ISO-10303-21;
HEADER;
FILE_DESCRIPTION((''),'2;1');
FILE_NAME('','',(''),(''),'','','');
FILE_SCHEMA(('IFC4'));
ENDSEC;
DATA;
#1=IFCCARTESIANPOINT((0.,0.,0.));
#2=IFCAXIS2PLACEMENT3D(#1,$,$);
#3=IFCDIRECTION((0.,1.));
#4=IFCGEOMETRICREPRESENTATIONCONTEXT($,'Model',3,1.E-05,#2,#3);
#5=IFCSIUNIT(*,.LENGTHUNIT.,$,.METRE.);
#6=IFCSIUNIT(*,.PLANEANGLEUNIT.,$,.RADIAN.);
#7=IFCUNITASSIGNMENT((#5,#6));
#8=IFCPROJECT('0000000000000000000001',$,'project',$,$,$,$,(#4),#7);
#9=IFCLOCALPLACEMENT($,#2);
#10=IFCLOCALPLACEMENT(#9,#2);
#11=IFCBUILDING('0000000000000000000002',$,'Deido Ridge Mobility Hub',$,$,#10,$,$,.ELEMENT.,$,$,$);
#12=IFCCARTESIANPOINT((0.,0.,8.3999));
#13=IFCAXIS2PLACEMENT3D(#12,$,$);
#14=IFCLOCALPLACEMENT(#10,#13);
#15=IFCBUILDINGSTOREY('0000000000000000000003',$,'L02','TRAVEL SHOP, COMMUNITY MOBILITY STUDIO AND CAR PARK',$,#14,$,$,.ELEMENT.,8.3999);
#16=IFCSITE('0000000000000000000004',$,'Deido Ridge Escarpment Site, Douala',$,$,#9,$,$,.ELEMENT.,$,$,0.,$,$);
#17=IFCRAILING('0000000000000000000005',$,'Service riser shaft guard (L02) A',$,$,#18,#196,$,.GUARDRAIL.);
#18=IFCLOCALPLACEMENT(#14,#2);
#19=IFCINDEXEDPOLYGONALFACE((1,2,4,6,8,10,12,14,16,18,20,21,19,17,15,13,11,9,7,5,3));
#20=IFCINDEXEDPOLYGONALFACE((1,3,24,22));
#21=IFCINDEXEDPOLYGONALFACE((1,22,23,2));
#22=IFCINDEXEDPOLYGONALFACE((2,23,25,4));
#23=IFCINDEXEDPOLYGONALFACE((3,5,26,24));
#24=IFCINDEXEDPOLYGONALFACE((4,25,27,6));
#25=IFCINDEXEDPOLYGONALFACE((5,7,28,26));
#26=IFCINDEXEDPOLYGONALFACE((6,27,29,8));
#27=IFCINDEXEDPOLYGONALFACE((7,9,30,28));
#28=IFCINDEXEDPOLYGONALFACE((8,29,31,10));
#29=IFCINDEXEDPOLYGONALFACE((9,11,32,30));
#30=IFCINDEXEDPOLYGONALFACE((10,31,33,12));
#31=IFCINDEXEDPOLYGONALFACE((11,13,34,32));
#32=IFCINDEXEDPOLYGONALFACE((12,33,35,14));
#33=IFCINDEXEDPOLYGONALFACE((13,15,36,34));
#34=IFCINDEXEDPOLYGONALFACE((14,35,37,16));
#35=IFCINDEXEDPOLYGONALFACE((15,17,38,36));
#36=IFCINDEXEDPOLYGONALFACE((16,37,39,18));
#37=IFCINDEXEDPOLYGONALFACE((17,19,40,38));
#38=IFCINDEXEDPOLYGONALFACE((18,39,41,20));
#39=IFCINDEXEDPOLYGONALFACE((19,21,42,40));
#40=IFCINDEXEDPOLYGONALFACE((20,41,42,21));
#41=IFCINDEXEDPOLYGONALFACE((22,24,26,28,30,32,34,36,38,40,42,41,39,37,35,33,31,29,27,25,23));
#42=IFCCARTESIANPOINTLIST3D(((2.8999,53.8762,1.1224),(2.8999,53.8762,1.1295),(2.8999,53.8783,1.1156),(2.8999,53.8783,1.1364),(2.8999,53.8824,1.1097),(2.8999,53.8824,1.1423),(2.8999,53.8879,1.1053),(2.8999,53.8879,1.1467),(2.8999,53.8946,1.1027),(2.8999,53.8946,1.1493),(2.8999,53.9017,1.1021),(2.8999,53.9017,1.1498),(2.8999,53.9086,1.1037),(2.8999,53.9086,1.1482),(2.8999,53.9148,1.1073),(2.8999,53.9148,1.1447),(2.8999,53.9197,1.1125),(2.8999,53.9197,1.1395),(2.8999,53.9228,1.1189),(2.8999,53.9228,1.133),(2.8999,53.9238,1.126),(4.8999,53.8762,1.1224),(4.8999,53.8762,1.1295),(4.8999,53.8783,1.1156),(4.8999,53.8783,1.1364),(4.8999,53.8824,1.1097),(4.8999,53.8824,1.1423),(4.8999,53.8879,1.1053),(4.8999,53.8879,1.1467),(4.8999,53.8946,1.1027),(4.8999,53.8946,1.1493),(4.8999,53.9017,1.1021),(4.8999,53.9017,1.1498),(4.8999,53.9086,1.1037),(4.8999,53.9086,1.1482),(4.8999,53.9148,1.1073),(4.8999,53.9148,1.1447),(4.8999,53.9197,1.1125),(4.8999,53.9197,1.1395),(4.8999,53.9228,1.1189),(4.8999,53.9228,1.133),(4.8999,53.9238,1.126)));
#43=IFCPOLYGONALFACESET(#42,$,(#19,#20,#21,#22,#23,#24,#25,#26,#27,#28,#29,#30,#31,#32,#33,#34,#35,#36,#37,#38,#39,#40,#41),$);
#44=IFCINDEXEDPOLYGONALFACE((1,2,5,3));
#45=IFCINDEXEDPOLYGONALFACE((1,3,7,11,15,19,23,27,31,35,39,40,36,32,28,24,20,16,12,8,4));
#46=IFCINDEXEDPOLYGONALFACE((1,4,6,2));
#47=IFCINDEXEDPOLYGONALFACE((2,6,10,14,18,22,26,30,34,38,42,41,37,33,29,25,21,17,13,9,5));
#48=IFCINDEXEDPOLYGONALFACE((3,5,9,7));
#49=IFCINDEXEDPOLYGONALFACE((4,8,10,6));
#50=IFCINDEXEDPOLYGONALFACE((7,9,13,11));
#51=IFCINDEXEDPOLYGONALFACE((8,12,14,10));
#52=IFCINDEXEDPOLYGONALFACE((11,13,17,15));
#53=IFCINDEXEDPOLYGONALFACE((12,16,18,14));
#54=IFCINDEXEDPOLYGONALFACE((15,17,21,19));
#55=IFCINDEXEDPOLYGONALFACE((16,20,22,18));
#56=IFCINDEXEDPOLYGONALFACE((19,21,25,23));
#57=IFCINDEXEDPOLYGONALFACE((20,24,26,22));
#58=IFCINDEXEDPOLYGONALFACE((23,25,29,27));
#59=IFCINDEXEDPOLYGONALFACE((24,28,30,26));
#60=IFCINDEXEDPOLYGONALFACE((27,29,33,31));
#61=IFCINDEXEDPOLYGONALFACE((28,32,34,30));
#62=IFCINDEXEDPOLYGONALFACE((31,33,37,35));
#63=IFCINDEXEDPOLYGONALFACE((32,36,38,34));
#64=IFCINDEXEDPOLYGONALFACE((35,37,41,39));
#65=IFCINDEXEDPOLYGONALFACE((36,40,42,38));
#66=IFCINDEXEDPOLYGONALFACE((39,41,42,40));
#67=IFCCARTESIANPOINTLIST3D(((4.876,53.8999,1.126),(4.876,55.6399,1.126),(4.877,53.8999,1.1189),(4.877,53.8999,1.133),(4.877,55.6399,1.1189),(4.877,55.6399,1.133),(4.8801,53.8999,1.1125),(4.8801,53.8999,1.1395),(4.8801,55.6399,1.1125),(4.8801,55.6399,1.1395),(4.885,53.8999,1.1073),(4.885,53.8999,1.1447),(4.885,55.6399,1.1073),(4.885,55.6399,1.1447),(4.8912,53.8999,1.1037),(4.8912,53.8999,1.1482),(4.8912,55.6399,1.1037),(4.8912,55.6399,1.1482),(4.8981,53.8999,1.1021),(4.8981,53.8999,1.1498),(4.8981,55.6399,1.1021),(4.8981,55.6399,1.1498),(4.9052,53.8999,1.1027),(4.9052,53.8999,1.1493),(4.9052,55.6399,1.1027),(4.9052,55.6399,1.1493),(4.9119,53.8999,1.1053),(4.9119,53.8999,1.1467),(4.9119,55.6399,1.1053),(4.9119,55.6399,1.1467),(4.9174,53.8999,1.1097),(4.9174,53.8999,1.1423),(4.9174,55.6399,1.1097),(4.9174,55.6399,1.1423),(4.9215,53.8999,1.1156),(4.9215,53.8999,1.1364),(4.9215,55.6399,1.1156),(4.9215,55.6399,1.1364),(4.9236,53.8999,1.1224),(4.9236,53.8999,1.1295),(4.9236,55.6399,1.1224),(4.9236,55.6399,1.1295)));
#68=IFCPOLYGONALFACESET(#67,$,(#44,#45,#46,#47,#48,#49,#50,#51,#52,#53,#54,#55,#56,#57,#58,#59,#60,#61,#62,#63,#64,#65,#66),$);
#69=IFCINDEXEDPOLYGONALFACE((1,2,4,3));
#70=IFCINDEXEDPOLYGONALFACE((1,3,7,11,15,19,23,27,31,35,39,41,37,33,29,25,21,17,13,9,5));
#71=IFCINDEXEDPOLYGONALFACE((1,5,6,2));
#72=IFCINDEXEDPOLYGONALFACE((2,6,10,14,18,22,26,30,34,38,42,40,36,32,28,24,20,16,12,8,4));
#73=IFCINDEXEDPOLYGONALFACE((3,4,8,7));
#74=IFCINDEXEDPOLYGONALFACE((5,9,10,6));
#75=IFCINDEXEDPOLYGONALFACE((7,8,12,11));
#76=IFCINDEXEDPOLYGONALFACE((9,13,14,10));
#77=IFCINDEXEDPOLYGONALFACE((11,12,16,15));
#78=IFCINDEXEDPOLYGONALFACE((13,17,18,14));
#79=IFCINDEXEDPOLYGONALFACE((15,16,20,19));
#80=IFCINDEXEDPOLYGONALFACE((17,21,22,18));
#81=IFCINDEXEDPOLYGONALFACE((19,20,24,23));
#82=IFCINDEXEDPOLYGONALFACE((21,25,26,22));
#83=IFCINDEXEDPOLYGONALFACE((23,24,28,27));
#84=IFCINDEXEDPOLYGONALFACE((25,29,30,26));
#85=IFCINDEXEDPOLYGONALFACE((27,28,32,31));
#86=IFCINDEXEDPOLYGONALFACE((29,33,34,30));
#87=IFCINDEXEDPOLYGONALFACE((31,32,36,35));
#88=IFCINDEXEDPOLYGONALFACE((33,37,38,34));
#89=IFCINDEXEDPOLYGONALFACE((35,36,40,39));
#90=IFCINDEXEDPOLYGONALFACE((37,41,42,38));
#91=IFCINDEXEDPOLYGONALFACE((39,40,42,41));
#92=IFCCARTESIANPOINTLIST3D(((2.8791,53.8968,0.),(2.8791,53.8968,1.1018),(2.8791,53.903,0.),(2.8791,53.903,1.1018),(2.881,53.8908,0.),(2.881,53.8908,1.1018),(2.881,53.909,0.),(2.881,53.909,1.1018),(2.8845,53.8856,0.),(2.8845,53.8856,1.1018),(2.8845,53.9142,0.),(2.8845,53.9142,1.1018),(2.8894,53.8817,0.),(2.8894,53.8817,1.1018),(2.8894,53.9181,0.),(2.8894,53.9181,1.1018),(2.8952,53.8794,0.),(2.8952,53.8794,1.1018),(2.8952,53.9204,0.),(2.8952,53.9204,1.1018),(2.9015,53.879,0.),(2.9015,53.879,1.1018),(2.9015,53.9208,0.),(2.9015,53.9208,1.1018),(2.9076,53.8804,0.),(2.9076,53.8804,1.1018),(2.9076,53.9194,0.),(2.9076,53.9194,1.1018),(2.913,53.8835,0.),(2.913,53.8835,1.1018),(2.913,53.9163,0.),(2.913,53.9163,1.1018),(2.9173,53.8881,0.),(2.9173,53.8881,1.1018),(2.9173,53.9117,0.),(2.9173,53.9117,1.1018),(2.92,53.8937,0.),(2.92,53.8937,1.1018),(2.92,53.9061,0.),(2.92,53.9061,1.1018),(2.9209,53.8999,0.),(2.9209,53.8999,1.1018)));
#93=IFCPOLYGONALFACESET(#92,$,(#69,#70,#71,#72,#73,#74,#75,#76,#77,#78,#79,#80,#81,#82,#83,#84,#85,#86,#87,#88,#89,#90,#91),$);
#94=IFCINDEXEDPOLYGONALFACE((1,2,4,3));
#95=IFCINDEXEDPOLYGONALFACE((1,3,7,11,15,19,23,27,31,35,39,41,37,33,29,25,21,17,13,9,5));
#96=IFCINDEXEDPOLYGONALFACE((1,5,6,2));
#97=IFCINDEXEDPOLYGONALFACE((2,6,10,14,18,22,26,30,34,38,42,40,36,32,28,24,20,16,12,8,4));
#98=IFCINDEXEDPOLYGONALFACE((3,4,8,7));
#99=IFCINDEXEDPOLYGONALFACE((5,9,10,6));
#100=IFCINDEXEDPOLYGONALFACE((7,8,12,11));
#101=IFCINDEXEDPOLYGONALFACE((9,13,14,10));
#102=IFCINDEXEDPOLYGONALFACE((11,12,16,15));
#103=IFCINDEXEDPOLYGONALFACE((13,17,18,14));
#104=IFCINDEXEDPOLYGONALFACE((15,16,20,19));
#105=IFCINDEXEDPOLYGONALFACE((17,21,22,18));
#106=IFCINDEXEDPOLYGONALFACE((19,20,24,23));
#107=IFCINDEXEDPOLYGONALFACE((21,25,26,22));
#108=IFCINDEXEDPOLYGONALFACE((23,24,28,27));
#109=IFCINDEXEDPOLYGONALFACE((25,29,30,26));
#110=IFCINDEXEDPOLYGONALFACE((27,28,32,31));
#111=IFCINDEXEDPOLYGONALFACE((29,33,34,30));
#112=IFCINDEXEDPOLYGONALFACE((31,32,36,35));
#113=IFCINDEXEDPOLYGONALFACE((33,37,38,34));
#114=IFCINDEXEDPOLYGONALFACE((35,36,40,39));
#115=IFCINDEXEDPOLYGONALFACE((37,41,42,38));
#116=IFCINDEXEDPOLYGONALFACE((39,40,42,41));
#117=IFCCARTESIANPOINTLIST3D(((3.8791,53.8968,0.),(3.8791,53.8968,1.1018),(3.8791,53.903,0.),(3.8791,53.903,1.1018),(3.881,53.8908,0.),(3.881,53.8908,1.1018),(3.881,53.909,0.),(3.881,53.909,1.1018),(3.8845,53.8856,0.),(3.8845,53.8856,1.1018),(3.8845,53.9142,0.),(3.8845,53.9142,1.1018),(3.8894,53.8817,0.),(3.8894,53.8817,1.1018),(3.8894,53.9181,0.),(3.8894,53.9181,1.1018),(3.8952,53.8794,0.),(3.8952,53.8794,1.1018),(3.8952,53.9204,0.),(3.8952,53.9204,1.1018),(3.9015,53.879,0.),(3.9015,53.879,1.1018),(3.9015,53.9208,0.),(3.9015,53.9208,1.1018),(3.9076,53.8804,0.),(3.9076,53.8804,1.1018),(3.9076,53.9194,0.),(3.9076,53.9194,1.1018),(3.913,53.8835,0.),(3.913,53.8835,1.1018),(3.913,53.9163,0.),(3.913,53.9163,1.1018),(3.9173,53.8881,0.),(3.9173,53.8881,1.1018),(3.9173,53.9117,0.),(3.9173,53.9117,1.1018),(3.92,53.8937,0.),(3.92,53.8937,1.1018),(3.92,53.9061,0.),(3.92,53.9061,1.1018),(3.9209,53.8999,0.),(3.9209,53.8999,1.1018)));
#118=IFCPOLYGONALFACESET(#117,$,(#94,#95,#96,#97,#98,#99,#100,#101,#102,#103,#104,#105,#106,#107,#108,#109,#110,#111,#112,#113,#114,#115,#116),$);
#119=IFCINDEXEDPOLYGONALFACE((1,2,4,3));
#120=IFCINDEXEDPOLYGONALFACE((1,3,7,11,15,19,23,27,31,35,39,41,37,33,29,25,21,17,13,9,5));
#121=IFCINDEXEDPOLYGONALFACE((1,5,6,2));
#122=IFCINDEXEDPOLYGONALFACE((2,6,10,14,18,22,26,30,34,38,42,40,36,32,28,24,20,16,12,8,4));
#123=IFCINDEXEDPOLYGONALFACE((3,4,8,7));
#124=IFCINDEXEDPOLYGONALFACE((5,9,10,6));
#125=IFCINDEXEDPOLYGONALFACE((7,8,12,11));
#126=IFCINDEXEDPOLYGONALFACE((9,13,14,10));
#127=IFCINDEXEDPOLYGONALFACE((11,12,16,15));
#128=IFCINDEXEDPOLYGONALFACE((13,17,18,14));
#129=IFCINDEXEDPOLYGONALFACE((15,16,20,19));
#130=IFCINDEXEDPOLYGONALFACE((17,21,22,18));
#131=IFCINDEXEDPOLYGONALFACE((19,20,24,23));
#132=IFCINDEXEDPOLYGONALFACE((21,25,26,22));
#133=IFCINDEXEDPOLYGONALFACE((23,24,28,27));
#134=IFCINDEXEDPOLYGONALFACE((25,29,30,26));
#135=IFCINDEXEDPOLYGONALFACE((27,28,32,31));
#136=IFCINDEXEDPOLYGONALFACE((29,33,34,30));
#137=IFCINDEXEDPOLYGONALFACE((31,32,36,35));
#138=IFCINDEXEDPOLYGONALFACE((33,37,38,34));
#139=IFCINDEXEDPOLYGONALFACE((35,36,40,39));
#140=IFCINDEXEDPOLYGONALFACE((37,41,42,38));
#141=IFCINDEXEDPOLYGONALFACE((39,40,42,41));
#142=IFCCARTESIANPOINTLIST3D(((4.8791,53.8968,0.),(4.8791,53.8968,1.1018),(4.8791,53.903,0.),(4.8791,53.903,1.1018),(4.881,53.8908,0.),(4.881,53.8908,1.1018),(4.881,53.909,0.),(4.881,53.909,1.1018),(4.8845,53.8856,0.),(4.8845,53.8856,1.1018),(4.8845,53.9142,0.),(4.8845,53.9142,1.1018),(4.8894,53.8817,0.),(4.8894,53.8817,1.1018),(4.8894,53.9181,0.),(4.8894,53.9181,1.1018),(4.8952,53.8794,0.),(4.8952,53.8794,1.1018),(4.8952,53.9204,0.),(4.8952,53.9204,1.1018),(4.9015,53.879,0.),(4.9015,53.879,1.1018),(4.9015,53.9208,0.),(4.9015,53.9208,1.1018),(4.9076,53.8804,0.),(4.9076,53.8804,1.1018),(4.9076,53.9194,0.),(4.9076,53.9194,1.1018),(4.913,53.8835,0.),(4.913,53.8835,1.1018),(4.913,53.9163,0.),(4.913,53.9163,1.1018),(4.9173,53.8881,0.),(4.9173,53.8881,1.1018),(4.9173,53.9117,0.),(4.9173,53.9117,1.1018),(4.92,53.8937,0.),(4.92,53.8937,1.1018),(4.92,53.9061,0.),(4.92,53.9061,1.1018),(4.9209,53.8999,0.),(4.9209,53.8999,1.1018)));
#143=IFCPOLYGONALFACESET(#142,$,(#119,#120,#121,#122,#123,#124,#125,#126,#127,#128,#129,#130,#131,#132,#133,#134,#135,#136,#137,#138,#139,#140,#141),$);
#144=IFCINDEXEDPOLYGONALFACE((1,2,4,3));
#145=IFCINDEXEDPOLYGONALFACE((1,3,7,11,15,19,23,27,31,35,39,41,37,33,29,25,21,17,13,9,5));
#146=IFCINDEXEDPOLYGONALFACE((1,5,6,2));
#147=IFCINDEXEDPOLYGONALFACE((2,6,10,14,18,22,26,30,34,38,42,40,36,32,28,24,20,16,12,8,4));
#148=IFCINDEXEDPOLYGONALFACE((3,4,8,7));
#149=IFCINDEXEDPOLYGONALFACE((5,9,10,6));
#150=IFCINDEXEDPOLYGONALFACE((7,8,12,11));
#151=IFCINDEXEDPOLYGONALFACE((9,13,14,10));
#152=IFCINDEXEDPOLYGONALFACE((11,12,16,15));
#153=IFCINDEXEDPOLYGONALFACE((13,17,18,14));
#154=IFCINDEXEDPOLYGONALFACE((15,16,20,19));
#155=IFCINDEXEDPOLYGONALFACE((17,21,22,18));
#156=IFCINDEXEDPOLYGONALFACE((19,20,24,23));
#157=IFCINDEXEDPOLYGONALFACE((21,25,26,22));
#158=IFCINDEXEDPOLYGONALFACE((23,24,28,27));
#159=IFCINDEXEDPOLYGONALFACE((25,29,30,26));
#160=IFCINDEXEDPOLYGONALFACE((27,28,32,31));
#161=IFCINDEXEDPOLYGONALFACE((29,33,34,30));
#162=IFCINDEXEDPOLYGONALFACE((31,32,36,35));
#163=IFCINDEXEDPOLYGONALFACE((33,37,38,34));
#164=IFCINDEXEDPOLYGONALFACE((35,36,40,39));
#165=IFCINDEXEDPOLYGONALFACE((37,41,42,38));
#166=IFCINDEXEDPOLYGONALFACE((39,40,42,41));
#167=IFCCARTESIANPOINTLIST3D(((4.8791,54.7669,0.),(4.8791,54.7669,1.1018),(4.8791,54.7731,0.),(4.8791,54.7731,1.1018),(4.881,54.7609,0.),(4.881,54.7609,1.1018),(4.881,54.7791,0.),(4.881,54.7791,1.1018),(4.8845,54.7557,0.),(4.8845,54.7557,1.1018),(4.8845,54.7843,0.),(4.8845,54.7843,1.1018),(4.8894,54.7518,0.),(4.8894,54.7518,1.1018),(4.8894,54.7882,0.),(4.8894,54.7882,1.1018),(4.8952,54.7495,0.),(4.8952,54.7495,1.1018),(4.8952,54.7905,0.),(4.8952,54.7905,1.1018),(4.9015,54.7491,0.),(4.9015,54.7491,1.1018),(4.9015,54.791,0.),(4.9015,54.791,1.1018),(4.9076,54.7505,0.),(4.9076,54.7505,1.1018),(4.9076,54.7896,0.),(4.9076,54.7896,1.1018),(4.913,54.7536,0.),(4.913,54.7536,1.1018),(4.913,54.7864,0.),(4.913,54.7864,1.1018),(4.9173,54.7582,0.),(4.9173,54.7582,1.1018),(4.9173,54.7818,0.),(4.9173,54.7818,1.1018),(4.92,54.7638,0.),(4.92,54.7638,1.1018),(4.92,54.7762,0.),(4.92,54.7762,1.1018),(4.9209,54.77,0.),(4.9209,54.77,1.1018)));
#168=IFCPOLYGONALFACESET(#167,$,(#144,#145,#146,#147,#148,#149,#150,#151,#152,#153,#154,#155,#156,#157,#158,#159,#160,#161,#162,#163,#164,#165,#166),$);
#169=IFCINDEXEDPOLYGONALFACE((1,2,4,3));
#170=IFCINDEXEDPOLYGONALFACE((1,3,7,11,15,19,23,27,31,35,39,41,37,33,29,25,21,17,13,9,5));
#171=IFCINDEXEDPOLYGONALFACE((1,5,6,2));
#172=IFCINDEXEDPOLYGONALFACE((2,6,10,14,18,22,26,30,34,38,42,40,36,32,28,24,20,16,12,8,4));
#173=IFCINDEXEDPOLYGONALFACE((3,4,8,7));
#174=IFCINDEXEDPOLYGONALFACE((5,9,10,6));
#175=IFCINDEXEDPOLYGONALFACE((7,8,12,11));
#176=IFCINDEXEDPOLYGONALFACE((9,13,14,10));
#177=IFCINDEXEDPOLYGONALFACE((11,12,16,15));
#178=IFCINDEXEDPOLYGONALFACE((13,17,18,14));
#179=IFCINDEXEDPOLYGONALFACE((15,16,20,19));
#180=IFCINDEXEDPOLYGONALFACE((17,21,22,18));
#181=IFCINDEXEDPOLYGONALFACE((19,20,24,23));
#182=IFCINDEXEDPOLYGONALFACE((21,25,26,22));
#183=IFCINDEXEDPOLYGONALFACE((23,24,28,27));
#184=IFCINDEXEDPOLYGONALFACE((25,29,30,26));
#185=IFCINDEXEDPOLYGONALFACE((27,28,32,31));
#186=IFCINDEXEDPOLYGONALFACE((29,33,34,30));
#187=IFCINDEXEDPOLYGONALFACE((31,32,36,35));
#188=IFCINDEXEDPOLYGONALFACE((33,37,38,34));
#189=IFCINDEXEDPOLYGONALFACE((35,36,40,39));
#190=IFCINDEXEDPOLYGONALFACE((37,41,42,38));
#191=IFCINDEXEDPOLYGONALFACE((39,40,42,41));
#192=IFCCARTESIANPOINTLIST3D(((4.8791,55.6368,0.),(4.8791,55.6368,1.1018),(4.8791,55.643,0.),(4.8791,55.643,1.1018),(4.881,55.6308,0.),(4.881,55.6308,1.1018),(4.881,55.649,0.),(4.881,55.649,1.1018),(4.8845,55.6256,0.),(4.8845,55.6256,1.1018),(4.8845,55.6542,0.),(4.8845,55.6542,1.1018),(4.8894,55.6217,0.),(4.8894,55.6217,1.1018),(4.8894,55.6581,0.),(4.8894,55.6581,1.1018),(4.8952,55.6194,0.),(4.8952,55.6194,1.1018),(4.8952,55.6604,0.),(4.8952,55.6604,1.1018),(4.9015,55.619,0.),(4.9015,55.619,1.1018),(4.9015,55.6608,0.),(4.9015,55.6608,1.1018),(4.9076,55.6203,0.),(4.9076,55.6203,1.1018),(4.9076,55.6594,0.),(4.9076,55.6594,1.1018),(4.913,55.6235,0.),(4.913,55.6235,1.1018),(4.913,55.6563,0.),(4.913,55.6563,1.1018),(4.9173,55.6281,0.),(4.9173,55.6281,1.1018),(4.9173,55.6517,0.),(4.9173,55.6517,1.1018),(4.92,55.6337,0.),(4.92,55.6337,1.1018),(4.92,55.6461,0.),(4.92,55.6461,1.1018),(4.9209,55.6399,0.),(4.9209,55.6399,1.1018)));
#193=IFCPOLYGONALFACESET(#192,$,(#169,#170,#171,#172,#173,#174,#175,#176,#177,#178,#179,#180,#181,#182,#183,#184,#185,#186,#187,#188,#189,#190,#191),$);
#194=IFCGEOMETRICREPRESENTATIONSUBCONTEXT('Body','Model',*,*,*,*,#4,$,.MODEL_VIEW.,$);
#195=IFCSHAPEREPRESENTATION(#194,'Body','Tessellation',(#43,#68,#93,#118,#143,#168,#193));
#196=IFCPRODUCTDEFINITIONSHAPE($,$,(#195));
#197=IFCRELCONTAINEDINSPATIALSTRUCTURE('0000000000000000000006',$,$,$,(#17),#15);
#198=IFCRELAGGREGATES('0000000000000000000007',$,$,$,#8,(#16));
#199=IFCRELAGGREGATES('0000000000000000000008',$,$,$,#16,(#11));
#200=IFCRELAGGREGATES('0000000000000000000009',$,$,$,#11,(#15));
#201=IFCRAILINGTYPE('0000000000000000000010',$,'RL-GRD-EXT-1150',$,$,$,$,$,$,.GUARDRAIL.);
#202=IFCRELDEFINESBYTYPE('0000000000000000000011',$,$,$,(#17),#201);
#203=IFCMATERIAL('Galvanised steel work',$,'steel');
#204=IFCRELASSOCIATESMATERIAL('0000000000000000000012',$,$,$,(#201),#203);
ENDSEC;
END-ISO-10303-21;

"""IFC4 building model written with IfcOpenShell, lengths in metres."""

from ifc_helpers import new_model, si_unit, direction, frame, origin, origin_2d, place, context, subcontext, project, spatial, circle, extrude, material, type_object, element, save


model = new_model("IFC4")

# Units and contexts
model_context = context("Model", 3, precision=1e-05, world=origin(), true_north=direction((0.0, 1.0)))
body_context = subcontext(model_context, "Body", "Model", "MODEL_VIEW")
ifc_project = project(units=[si_unit("LENGTHUNIT", "METRE"), si_unit("PLANEANGLEUNIT", "RADIAN")], contexts=[model_context])

# Site, building, storey
site_placement = place(None, origin())
site = spatial("IfcSite", under=ifc_project, at=site_placement, Name="Deido Ridge Escarpment Site, Douala", CompositionType="ELEMENT", RefElevation=0.0)
building_placement = place(site_placement, origin())
building = spatial("IfcBuilding", under=site, at=building_placement, Name="Deido Ridge Mobility Hub", CompositionType="ELEMENT")
storey_placement = place(building_placement, frame((0.0, 0.0, 8.3999)))
storey = spatial("IfcBuildingStorey", under=building, at=storey_placement, Name="L02", Description="TRAVEL SHOP, COMMUNITY MOBILITY STUDIO AND CAR PARK", CompositionType="ELEMENT", Elevation=8.3999)

# Railing
ifc_material_1 = material(Name="Galvanised steel work", Category="steel")
railing_type = type_object("IfcRailingType", Name="RL-GRD-EXT-1150", PredefinedType="GUARDRAIL", material=ifc_material_1)
railing_1_placement = place(storey_placement, frame((2.8999, 53.8999, 0.0)))
element("IfcRailing", 1, at=railing_1_placement, inside=storey, type_object=railing_type, Name="Service riser shaft guard (L02) A", PredefinedType="GUARDRAIL", context=body_context, shape_type="SweptSolid", body=[
    extrude(circle(Radius=0.0239, at=origin_2d()), frame((0.0, 0.0, 1.126), z_axis=(1.0, 0.0, 0.0), x_axis=(0.0, 1.0, 0.0)), (0.0, 0.0, 1.0), 2.0),
    extrude(circle(Radius=0.0239, at=origin_2d()), frame((2.0, 0.0, 1.126), z_axis=(0.0, 1.0, 0.0), x_axis=(-1.0, 0.0, 0.0)), (0.0, 0.0, 1.0), 1.74),
    extrude(circle(Radius=0.021, at=origin_2d()), origin(), (0.0, 0.0, 1.0), 1.1018),
    extrude(circle(Radius=0.021, at=origin_2d()), frame((1.0, 0.0, 0.0)), (0.0, 0.0, 1.0), 1.1018),
    extrude(circle(Radius=0.021, at=origin_2d()), frame((2.0, 0.0, 0.0)), (0.0, 0.0, 1.0), 1.1018),
    extrude(circle(Radius=0.021, at=origin_2d()), frame((2.0, 0.8701, 0.0)), (0.0, 0.0, 1.0), 1.1018),
    extrude(circle(Radius=0.021, at=origin_2d()), frame((2.0, 1.74, 0.0)), (0.0, 0.0, 1.0), 1.1018),
])

save(model, "model.ifc")
